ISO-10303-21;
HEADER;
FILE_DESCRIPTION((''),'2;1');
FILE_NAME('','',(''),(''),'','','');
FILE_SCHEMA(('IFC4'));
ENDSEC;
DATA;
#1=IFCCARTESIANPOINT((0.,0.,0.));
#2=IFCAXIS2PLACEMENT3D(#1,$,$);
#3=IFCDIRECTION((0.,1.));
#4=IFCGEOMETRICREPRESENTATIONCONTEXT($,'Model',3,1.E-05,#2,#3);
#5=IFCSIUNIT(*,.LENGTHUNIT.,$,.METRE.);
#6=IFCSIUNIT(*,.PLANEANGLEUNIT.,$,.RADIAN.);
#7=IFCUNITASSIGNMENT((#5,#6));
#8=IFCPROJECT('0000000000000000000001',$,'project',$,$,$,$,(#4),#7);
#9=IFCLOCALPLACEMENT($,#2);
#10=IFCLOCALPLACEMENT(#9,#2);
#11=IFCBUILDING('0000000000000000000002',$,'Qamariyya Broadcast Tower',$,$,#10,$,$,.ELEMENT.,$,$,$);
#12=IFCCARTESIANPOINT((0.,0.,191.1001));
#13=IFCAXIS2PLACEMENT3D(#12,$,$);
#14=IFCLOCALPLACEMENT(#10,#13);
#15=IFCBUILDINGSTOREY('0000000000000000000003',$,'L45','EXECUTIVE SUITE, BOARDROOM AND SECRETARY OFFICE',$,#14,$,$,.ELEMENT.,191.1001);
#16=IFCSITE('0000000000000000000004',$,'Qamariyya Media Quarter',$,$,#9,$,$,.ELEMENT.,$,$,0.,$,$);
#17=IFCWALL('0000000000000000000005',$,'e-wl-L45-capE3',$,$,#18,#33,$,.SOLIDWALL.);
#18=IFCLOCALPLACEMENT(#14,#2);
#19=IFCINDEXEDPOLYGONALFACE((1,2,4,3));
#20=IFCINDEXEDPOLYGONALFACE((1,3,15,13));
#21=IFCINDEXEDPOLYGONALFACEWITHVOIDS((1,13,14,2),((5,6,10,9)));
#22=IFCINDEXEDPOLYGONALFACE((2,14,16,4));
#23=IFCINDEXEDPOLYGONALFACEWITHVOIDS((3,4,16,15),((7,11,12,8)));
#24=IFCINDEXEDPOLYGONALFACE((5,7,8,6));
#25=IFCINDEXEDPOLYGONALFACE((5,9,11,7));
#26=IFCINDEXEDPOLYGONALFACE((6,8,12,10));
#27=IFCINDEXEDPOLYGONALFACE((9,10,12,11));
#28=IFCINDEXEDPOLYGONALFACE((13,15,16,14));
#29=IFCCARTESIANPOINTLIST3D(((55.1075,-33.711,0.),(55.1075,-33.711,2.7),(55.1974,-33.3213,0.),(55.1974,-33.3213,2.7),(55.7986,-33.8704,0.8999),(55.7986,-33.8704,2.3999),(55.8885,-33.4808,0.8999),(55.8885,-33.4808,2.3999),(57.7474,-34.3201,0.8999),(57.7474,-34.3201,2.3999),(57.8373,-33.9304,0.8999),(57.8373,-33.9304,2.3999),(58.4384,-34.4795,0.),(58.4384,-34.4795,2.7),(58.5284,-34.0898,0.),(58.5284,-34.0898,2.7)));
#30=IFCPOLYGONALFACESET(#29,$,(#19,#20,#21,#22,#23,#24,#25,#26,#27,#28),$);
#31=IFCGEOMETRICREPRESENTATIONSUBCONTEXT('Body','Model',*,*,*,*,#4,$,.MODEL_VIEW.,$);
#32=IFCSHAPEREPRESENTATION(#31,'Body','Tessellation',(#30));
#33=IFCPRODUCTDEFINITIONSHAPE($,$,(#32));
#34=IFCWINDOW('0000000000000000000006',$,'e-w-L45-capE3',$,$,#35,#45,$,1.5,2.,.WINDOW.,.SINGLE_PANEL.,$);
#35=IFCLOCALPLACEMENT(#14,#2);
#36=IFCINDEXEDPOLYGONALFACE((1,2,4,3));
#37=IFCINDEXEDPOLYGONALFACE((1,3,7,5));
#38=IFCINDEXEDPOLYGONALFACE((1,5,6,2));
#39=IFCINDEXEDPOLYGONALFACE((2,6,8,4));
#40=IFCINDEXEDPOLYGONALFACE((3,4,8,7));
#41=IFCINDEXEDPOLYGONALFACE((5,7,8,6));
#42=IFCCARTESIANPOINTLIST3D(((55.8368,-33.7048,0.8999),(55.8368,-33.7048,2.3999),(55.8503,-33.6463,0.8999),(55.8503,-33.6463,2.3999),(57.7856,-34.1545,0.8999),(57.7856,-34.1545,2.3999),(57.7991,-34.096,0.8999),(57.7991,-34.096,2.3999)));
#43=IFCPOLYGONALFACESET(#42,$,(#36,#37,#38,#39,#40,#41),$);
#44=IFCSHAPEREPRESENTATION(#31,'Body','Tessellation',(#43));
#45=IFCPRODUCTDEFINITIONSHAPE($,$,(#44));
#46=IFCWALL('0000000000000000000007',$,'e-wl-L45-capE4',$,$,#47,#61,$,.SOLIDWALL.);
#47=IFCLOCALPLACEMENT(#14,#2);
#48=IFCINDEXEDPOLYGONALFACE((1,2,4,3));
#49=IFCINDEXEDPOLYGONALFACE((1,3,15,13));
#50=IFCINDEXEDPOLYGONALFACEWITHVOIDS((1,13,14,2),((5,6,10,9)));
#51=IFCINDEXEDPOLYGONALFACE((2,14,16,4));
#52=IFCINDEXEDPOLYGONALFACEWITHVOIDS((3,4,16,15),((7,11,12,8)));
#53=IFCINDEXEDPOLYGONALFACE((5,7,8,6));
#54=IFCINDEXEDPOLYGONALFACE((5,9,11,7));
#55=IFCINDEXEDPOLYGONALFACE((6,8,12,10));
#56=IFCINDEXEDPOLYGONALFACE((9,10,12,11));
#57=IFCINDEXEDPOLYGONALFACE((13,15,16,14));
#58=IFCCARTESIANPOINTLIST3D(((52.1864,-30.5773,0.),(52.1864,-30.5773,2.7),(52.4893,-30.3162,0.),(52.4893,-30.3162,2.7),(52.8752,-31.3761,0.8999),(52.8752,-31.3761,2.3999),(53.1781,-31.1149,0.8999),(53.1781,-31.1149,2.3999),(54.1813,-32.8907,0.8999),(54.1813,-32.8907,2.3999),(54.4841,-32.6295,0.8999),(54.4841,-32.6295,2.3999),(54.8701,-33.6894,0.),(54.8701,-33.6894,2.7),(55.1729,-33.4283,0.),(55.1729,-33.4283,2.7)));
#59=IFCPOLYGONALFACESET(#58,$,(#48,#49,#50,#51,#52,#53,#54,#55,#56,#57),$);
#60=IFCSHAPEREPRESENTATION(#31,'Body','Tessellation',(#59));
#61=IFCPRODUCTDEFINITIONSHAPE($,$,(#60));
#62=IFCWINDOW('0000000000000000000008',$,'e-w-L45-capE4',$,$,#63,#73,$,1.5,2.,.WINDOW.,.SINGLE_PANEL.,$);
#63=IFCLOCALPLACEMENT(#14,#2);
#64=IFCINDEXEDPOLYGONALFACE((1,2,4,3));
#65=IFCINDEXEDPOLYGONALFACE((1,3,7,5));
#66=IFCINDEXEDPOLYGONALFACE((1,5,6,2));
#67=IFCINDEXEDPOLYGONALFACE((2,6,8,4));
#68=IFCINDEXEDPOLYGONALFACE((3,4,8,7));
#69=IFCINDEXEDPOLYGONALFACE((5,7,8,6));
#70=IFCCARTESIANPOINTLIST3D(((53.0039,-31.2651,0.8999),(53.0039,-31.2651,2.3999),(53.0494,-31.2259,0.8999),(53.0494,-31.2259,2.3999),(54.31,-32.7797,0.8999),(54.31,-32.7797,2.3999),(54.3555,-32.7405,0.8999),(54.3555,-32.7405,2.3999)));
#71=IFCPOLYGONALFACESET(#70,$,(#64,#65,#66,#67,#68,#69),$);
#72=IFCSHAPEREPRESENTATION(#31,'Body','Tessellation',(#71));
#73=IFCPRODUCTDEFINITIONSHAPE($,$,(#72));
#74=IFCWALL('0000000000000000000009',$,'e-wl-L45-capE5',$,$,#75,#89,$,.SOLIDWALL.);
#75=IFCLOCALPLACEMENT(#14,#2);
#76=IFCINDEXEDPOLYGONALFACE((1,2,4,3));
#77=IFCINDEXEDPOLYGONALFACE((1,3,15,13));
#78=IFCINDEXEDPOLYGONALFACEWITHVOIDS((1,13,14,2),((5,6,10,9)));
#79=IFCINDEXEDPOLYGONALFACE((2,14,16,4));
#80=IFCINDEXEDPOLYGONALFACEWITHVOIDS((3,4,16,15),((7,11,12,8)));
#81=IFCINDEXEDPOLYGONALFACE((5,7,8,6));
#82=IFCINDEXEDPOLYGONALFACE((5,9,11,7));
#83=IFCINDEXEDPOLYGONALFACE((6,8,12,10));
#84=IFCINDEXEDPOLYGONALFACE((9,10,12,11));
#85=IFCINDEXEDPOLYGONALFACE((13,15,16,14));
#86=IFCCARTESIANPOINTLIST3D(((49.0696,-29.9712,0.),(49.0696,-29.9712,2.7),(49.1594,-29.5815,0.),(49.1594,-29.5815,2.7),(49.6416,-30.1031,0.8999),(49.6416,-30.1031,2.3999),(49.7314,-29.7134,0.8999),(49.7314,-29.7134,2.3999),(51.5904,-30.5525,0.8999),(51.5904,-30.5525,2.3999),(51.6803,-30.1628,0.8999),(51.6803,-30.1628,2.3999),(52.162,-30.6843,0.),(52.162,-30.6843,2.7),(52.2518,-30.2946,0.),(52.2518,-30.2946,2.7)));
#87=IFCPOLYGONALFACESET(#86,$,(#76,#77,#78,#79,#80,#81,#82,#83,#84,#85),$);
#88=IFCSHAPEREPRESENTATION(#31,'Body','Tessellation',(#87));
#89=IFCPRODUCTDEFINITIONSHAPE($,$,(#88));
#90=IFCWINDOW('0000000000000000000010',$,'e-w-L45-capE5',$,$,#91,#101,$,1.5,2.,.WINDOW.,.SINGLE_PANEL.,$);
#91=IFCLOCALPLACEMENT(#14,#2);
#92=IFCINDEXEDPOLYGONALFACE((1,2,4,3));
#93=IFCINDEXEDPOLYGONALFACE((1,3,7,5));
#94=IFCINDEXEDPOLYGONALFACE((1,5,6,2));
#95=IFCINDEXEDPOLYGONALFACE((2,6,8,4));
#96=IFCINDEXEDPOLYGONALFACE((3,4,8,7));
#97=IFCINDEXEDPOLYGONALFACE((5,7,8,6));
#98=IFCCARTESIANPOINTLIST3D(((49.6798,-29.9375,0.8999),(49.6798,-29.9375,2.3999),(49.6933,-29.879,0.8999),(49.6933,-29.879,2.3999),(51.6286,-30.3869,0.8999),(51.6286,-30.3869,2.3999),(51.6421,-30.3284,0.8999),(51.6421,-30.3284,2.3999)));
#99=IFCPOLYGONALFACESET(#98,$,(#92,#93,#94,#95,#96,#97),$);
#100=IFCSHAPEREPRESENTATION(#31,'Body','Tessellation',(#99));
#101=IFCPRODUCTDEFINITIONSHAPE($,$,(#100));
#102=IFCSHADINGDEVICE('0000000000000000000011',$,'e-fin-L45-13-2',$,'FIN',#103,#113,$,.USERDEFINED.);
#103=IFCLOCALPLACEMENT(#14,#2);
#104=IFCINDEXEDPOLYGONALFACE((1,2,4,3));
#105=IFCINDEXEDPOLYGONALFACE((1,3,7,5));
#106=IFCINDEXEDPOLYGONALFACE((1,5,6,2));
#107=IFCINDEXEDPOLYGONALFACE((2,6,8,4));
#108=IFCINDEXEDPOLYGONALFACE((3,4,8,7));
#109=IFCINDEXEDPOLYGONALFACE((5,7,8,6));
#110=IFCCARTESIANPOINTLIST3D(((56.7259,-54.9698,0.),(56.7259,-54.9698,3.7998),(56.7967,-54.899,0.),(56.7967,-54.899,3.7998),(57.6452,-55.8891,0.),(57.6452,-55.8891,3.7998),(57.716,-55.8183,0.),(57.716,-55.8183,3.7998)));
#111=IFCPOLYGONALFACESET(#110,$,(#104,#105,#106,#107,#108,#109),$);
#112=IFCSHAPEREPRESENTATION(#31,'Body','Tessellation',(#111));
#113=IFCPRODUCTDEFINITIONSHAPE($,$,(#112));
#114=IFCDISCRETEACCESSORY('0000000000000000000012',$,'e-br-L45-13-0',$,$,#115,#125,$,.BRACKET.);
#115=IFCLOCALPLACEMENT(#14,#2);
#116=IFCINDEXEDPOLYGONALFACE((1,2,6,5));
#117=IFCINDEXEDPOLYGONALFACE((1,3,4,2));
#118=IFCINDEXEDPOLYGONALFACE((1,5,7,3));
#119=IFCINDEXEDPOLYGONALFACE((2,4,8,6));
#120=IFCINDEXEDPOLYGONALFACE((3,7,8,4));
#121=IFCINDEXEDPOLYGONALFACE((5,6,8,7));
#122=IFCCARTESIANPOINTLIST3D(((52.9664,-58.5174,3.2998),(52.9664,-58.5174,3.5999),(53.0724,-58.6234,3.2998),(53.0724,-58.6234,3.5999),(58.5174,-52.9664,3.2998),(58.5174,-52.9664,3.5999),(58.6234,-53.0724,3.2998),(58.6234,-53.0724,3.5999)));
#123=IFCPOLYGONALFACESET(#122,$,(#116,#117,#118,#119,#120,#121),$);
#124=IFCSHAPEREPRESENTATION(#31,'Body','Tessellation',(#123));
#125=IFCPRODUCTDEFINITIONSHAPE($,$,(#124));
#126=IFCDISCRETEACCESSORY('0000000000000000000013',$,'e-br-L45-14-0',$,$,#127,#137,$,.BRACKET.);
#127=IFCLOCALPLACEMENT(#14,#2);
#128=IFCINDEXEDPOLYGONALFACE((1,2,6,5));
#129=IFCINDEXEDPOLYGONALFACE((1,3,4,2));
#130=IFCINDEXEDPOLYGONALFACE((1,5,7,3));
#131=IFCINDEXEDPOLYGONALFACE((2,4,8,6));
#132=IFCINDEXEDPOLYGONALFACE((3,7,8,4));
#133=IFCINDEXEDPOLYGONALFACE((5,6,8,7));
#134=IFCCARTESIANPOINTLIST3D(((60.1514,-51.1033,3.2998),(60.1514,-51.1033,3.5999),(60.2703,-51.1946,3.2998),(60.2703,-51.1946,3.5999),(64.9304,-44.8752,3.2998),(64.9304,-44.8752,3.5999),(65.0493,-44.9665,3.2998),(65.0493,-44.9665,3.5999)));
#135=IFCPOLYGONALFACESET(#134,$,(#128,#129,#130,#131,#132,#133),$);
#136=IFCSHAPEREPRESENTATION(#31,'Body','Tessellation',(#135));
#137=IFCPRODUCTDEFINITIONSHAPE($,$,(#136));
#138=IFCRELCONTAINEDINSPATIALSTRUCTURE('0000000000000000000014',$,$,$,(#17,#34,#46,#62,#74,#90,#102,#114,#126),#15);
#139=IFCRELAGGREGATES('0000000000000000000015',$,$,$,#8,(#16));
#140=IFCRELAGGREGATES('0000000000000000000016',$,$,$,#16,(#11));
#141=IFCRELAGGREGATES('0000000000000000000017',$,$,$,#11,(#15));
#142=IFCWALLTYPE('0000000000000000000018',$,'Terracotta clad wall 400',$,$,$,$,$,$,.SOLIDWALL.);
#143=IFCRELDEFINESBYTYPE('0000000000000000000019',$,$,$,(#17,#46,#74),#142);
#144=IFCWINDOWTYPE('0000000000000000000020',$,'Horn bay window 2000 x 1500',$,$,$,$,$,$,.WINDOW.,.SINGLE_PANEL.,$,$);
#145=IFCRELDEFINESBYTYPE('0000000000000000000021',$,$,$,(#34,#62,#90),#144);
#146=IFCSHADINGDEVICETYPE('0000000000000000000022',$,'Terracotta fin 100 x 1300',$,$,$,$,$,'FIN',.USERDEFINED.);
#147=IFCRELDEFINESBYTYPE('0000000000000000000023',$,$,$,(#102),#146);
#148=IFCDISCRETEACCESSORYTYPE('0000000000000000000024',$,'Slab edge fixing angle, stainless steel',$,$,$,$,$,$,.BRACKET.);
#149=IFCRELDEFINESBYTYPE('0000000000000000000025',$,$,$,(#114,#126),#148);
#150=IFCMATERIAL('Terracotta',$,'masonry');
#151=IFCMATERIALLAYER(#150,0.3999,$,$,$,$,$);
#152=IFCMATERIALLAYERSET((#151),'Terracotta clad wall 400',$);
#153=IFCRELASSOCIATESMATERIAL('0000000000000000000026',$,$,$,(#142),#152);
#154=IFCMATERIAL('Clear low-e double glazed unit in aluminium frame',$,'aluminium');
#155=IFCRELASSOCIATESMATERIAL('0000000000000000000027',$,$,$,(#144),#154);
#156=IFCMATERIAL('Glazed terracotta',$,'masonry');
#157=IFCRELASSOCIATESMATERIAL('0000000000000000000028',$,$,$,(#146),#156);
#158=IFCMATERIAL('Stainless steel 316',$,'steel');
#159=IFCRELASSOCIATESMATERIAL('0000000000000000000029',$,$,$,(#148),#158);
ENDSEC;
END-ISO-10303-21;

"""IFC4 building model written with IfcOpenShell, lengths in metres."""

from ifc_helpers import new_model, si_unit, direction, frame, frame_2d, origin, origin_2d, place, context, subcontext, project, spatial, rectangle, extrude, material, layer, layer_set, material_profile, profile_set, type_object, element, fill, save


model = new_model("IFC4")

# Units and contexts
model_context = context("Model", 3, precision=1e-05, world=origin(), true_north=direction((0.0, 1.0)))
body_context = subcontext(model_context, "Body", "Model", "MODEL_VIEW")
ifc_project = project(units=[si_unit("LENGTHUNIT", "METRE"), si_unit("PLANEANGLEUNIT", "RADIAN")], contexts=[model_context])

# Site, building, storey
site_placement = place(None, origin())
site = spatial("IfcSite", under=ifc_project, at=site_placement, Name="Qamariyya Media Quarter", CompositionType="ELEMENT", RefElevation=0.0)
building_placement = place(site_placement, origin())
building = spatial("IfcBuilding", under=site, at=building_placement, Name="Qamariyya Broadcast Tower", CompositionType="ELEMENT")
storey_placement = place(building_placement, frame((0.0, 0.0, 191.1001)))
storey = spatial("IfcBuildingStorey", under=building, at=storey_placement, Name="L45", Description="EXECUTIVE SUITE, BOARDROOM AND SECRETARY OFFICE", CompositionType="ELEMENT", Elevation=191.1001)

# Walls, openings, windows
ifc_material_1 = material(Name="Terracotta", Category="masonry")
ifc_layer = layer(ifc_material_1, 0.3999)
ifc_layer_set = layer_set([ifc_layer], Name="Terracotta clad wall 400")
wall_type = type_object("IfcWallType", Name="Terracotta clad wall 400", PredefinedType="SOLIDWALL", material=ifc_layer_set)
ifc_material_2 = material(Name="Clear low-e double glazed unit in aluminium frame", Category="aluminium")
window_type = type_object("IfcWindowType", Name="Horn bay window 2000 x 1500", PartitioningType="SINGLE_PANEL", PredefinedType="WINDOW", material=ifc_material_2)
wall_1_placement = place(storey_placement, frame((58.4834, -34.2847, 0.0), z_axis=(0.0, 0.0, 1.0), x_axis=(-0.974401, 0.224818, 0.0)))
wall_1 = element("IfcWall", 1, at=wall_1_placement, inside=storey, type_object=wall_type, Name="e-wl-L45-capE3", PredefinedType="SOLIDWALL", context=body_context, shape_type="SweptSolid", body=[
    extrude(rectangle(XDim=3.4185, YDim=0.3999, at=frame_2d((1.7092, 0.0))), origin(), (0.0, 0.0, 1.0), 2.7),
])
opening_1_placement = place(wall_1_placement, frame((0.7092, 0.0, 0.8999)))
opening_1 = element("IfcOpeningElement", 2, at=opening_1_placement, cuts=wall_1, PredefinedType="OPENING", context=body_context, shape_type="SweptSolid", body=[
    extrude(rectangle(XDim=2.0, YDim=1.5, at=frame_2d((1.0, 0.75))), frame((0.0, 0.21, 0.0), z_axis=(0.0, -1.0, 0.0), x_axis=(1.0, 0.0, 0.0)), (0.0, 0.0, 1.0), 0.4199),
])
window_1_placement = place(opening_1_placement, origin())
window_1 = element("IfcWindow", 3, at=window_1_placement, inside=storey, type_object=window_type, Name="e-w-L45-capE3", OverallHeight=1.5, OverallWidth=2.0, PartitioningType="SINGLE_PANEL", PredefinedType="WINDOW", context=body_context, shape_type="SweptSolid", body=[
    extrude(rectangle(XDim=2.0, YDim=1.5, at=frame_2d((1.0, 0.75))), frame((0.0, 0.03, 0.0), z_axis=(0.0, -1.0, 0.0), x_axis=(1.0, 0.0, 0.0)), (0.0, 0.0, 1.0), 0.0601),
])
fill(opening_1, window_1)
wall_2_placement = place(storey_placement, frame((55.0215, -33.5588, 0.0), z_axis=(0.0, 0.0, 1.0), x_axis=(-0.653049, 0.757316, 0.0)))
wall_2 = element("IfcWall", 4, at=wall_2_placement, inside=storey, type_object=wall_type, Name="e-wl-L45-capE4", PredefinedType="SOLIDWALL", context=body_context, shape_type="SweptSolid", body=[
    extrude(rectangle(XDim=4.1094, YDim=0.3999, at=frame_2d((2.0547, 0.0))), origin(), (0.0, 0.0, 1.0), 2.7),
])
opening_2_placement = place(wall_2_placement, frame((1.0547, 0.0, 0.8999)))
opening_2 = element("IfcOpeningElement", 5, at=opening_2_placement, cuts=wall_2, PredefinedType="OPENING", context=body_context, shape_type="SweptSolid", body=[
    extrude(rectangle(XDim=2.0, YDim=1.5, at=frame_2d((1.0, 0.75))), frame((0.0, 0.21, 0.0), z_axis=(0.0, -1.0, 0.0), x_axis=(1.0, 0.0, 0.0)), (0.0, 0.0, 1.0), 0.4199),
])
window_2_placement = place(opening_2_placement, origin())
window_2 = element("IfcWindow", 6, at=window_2_placement, inside=storey, type_object=window_type, Name="e-w-L45-capE4", OverallHeight=1.5, OverallWidth=2.0, PartitioningType="SINGLE_PANEL", PredefinedType="WINDOW", context=body_context, shape_type="SweptSolid", body=[
    extrude(rectangle(XDim=2.0, YDim=1.5, at=frame_2d((1.0, 0.75))), frame((0.0, 0.03, 0.0), z_axis=(0.0, -1.0, 0.0), x_axis=(1.0, 0.0, 0.0)), (0.0, 0.0, 1.0), 0.0601),
])
fill(opening_2, window_2)
wall_3_placement = place(storey_placement, frame((52.207, -30.4895, 0.0), z_axis=(0.0, 0.0, 1.0), x_axis=(-0.974427, 0.224702, 0.0)))
wall_3 = element("IfcWall", 7, at=wall_3_placement, inside=storey, type_object=wall_type, Name="e-wl-L45-capE5", PredefinedType="SOLIDWALL", context=body_context, shape_type="SweptSolid", body=[
    extrude(rectangle(XDim=3.1736, YDim=0.3999, at=frame_2d((1.5869, 0.0))), origin(), (0.0, 0.0, 1.0), 2.7),
])
opening_3_placement = place(wall_3_placement, frame((0.5867, 0.0, 0.8999)))
opening_3 = element("IfcOpeningElement", 8, at=opening_3_placement, cuts=wall_3, PredefinedType="OPENING", context=body_context, shape_type="SweptSolid", body=[
    extrude(rectangle(XDim=2.0, YDim=1.5, at=frame_2d((1.0, 0.75))), frame((0.0, 0.21, 0.0), z_axis=(0.0, -1.0, 0.0), x_axis=(1.0, 0.0, 0.0)), (0.0, 0.0, 1.0), 0.4199),
])
window_3_placement = place(opening_3_placement, origin())
window_3 = element("IfcWindow", 9, at=window_3_placement, inside=storey, type_object=window_type, Name="e-w-L45-capE5", OverallHeight=1.5, OverallWidth=2.0, PartitioningType="SINGLE_PANEL", PredefinedType="WINDOW", context=body_context, shape_type="SweptSolid", body=[
    extrude(rectangle(XDim=2.0, YDim=1.5, at=frame_2d((1.0, 0.75))), frame((0.0, 0.03, 0.0), z_axis=(0.0, -1.0, 0.0), x_axis=(1.0, 0.0, 0.0)), (0.0, 0.0, 1.0), 0.0601),
])
fill(opening_3, window_3)

# Shading device
ifc_material_3 = material(Name="Glazed terracotta", Category="masonry")
ifc_material_profile_1 = material_profile(ifc_material_3, rectangle(XDim=1.3, YDim=0.1001, at=origin_2d()))
ifc_profile_set_1 = profile_set([ifc_material_profile_1], Name="Glazed terracotta")
shading_device_type_1 = type_object("IfcShadingDeviceType", Name="Terracotta fin 100 x 1300", ElementType="FIN", PredefinedType="USERDEFINED", material=ifc_profile_set_1)
shading_device_1_placement = place(storey_placement, frame((57.2209, -55.394, 0.0), z_axis=(0.0, 0.0, 1.0), x_axis=(0.707107, -0.707107, 0.0)))
element("IfcShadingDevice", 10, at=shading_device_1_placement, inside=storey, type_object=shading_device_type_1, Name="e-fin-L45-13-2", ObjectType="FIN", PredefinedType="USERDEFINED", context=body_context, shape_type="SweptSolid", body=[
    extrude(rectangle(XDim=1.3, YDim=0.1001, at=origin_2d()), origin(), (0.0, 0.0, 1.0), 3.7998),
])

# Discrete accessories
ifc_material_4 = material(Name="Stainless steel 316", Category="steel")
discrete_accessory_type = type_object("IfcDiscreteAccessoryType", Name="Slab edge fixing angle, stainless steel", PredefinedType="BRACKET", material=ifc_material_4)
for number, where, z_axis, x_axis, name in (
    (11, (55.7949, -55.7949, 3.2998), (0.0, 0.0, 1.0), (0.707107, 0.707107, 0.0), "e-br-L45-13-0"),
    (12, (62.6003, -48.0349, 3.2998), (0.0, 0.0, 1.0), (0.608761, 0.793353, 0.0), "e-br-L45-14-0"),
):
    element("IfcDiscreteAccessory", number, at=place(storey_placement, frame(where, z_axis=z_axis, x_axis=x_axis)), inside=storey, type_object=discrete_accessory_type, Name=name, PredefinedType="BRACKET", context=body_context, shape_type="SweptSolid", body=[
        extrude(rectangle(XDim=7.8503, YDim=0.1499, at=origin_2d()), origin(), (0.0, 0.0, 1.0), 0.3),
    ])

save(model, "model.ifc")
